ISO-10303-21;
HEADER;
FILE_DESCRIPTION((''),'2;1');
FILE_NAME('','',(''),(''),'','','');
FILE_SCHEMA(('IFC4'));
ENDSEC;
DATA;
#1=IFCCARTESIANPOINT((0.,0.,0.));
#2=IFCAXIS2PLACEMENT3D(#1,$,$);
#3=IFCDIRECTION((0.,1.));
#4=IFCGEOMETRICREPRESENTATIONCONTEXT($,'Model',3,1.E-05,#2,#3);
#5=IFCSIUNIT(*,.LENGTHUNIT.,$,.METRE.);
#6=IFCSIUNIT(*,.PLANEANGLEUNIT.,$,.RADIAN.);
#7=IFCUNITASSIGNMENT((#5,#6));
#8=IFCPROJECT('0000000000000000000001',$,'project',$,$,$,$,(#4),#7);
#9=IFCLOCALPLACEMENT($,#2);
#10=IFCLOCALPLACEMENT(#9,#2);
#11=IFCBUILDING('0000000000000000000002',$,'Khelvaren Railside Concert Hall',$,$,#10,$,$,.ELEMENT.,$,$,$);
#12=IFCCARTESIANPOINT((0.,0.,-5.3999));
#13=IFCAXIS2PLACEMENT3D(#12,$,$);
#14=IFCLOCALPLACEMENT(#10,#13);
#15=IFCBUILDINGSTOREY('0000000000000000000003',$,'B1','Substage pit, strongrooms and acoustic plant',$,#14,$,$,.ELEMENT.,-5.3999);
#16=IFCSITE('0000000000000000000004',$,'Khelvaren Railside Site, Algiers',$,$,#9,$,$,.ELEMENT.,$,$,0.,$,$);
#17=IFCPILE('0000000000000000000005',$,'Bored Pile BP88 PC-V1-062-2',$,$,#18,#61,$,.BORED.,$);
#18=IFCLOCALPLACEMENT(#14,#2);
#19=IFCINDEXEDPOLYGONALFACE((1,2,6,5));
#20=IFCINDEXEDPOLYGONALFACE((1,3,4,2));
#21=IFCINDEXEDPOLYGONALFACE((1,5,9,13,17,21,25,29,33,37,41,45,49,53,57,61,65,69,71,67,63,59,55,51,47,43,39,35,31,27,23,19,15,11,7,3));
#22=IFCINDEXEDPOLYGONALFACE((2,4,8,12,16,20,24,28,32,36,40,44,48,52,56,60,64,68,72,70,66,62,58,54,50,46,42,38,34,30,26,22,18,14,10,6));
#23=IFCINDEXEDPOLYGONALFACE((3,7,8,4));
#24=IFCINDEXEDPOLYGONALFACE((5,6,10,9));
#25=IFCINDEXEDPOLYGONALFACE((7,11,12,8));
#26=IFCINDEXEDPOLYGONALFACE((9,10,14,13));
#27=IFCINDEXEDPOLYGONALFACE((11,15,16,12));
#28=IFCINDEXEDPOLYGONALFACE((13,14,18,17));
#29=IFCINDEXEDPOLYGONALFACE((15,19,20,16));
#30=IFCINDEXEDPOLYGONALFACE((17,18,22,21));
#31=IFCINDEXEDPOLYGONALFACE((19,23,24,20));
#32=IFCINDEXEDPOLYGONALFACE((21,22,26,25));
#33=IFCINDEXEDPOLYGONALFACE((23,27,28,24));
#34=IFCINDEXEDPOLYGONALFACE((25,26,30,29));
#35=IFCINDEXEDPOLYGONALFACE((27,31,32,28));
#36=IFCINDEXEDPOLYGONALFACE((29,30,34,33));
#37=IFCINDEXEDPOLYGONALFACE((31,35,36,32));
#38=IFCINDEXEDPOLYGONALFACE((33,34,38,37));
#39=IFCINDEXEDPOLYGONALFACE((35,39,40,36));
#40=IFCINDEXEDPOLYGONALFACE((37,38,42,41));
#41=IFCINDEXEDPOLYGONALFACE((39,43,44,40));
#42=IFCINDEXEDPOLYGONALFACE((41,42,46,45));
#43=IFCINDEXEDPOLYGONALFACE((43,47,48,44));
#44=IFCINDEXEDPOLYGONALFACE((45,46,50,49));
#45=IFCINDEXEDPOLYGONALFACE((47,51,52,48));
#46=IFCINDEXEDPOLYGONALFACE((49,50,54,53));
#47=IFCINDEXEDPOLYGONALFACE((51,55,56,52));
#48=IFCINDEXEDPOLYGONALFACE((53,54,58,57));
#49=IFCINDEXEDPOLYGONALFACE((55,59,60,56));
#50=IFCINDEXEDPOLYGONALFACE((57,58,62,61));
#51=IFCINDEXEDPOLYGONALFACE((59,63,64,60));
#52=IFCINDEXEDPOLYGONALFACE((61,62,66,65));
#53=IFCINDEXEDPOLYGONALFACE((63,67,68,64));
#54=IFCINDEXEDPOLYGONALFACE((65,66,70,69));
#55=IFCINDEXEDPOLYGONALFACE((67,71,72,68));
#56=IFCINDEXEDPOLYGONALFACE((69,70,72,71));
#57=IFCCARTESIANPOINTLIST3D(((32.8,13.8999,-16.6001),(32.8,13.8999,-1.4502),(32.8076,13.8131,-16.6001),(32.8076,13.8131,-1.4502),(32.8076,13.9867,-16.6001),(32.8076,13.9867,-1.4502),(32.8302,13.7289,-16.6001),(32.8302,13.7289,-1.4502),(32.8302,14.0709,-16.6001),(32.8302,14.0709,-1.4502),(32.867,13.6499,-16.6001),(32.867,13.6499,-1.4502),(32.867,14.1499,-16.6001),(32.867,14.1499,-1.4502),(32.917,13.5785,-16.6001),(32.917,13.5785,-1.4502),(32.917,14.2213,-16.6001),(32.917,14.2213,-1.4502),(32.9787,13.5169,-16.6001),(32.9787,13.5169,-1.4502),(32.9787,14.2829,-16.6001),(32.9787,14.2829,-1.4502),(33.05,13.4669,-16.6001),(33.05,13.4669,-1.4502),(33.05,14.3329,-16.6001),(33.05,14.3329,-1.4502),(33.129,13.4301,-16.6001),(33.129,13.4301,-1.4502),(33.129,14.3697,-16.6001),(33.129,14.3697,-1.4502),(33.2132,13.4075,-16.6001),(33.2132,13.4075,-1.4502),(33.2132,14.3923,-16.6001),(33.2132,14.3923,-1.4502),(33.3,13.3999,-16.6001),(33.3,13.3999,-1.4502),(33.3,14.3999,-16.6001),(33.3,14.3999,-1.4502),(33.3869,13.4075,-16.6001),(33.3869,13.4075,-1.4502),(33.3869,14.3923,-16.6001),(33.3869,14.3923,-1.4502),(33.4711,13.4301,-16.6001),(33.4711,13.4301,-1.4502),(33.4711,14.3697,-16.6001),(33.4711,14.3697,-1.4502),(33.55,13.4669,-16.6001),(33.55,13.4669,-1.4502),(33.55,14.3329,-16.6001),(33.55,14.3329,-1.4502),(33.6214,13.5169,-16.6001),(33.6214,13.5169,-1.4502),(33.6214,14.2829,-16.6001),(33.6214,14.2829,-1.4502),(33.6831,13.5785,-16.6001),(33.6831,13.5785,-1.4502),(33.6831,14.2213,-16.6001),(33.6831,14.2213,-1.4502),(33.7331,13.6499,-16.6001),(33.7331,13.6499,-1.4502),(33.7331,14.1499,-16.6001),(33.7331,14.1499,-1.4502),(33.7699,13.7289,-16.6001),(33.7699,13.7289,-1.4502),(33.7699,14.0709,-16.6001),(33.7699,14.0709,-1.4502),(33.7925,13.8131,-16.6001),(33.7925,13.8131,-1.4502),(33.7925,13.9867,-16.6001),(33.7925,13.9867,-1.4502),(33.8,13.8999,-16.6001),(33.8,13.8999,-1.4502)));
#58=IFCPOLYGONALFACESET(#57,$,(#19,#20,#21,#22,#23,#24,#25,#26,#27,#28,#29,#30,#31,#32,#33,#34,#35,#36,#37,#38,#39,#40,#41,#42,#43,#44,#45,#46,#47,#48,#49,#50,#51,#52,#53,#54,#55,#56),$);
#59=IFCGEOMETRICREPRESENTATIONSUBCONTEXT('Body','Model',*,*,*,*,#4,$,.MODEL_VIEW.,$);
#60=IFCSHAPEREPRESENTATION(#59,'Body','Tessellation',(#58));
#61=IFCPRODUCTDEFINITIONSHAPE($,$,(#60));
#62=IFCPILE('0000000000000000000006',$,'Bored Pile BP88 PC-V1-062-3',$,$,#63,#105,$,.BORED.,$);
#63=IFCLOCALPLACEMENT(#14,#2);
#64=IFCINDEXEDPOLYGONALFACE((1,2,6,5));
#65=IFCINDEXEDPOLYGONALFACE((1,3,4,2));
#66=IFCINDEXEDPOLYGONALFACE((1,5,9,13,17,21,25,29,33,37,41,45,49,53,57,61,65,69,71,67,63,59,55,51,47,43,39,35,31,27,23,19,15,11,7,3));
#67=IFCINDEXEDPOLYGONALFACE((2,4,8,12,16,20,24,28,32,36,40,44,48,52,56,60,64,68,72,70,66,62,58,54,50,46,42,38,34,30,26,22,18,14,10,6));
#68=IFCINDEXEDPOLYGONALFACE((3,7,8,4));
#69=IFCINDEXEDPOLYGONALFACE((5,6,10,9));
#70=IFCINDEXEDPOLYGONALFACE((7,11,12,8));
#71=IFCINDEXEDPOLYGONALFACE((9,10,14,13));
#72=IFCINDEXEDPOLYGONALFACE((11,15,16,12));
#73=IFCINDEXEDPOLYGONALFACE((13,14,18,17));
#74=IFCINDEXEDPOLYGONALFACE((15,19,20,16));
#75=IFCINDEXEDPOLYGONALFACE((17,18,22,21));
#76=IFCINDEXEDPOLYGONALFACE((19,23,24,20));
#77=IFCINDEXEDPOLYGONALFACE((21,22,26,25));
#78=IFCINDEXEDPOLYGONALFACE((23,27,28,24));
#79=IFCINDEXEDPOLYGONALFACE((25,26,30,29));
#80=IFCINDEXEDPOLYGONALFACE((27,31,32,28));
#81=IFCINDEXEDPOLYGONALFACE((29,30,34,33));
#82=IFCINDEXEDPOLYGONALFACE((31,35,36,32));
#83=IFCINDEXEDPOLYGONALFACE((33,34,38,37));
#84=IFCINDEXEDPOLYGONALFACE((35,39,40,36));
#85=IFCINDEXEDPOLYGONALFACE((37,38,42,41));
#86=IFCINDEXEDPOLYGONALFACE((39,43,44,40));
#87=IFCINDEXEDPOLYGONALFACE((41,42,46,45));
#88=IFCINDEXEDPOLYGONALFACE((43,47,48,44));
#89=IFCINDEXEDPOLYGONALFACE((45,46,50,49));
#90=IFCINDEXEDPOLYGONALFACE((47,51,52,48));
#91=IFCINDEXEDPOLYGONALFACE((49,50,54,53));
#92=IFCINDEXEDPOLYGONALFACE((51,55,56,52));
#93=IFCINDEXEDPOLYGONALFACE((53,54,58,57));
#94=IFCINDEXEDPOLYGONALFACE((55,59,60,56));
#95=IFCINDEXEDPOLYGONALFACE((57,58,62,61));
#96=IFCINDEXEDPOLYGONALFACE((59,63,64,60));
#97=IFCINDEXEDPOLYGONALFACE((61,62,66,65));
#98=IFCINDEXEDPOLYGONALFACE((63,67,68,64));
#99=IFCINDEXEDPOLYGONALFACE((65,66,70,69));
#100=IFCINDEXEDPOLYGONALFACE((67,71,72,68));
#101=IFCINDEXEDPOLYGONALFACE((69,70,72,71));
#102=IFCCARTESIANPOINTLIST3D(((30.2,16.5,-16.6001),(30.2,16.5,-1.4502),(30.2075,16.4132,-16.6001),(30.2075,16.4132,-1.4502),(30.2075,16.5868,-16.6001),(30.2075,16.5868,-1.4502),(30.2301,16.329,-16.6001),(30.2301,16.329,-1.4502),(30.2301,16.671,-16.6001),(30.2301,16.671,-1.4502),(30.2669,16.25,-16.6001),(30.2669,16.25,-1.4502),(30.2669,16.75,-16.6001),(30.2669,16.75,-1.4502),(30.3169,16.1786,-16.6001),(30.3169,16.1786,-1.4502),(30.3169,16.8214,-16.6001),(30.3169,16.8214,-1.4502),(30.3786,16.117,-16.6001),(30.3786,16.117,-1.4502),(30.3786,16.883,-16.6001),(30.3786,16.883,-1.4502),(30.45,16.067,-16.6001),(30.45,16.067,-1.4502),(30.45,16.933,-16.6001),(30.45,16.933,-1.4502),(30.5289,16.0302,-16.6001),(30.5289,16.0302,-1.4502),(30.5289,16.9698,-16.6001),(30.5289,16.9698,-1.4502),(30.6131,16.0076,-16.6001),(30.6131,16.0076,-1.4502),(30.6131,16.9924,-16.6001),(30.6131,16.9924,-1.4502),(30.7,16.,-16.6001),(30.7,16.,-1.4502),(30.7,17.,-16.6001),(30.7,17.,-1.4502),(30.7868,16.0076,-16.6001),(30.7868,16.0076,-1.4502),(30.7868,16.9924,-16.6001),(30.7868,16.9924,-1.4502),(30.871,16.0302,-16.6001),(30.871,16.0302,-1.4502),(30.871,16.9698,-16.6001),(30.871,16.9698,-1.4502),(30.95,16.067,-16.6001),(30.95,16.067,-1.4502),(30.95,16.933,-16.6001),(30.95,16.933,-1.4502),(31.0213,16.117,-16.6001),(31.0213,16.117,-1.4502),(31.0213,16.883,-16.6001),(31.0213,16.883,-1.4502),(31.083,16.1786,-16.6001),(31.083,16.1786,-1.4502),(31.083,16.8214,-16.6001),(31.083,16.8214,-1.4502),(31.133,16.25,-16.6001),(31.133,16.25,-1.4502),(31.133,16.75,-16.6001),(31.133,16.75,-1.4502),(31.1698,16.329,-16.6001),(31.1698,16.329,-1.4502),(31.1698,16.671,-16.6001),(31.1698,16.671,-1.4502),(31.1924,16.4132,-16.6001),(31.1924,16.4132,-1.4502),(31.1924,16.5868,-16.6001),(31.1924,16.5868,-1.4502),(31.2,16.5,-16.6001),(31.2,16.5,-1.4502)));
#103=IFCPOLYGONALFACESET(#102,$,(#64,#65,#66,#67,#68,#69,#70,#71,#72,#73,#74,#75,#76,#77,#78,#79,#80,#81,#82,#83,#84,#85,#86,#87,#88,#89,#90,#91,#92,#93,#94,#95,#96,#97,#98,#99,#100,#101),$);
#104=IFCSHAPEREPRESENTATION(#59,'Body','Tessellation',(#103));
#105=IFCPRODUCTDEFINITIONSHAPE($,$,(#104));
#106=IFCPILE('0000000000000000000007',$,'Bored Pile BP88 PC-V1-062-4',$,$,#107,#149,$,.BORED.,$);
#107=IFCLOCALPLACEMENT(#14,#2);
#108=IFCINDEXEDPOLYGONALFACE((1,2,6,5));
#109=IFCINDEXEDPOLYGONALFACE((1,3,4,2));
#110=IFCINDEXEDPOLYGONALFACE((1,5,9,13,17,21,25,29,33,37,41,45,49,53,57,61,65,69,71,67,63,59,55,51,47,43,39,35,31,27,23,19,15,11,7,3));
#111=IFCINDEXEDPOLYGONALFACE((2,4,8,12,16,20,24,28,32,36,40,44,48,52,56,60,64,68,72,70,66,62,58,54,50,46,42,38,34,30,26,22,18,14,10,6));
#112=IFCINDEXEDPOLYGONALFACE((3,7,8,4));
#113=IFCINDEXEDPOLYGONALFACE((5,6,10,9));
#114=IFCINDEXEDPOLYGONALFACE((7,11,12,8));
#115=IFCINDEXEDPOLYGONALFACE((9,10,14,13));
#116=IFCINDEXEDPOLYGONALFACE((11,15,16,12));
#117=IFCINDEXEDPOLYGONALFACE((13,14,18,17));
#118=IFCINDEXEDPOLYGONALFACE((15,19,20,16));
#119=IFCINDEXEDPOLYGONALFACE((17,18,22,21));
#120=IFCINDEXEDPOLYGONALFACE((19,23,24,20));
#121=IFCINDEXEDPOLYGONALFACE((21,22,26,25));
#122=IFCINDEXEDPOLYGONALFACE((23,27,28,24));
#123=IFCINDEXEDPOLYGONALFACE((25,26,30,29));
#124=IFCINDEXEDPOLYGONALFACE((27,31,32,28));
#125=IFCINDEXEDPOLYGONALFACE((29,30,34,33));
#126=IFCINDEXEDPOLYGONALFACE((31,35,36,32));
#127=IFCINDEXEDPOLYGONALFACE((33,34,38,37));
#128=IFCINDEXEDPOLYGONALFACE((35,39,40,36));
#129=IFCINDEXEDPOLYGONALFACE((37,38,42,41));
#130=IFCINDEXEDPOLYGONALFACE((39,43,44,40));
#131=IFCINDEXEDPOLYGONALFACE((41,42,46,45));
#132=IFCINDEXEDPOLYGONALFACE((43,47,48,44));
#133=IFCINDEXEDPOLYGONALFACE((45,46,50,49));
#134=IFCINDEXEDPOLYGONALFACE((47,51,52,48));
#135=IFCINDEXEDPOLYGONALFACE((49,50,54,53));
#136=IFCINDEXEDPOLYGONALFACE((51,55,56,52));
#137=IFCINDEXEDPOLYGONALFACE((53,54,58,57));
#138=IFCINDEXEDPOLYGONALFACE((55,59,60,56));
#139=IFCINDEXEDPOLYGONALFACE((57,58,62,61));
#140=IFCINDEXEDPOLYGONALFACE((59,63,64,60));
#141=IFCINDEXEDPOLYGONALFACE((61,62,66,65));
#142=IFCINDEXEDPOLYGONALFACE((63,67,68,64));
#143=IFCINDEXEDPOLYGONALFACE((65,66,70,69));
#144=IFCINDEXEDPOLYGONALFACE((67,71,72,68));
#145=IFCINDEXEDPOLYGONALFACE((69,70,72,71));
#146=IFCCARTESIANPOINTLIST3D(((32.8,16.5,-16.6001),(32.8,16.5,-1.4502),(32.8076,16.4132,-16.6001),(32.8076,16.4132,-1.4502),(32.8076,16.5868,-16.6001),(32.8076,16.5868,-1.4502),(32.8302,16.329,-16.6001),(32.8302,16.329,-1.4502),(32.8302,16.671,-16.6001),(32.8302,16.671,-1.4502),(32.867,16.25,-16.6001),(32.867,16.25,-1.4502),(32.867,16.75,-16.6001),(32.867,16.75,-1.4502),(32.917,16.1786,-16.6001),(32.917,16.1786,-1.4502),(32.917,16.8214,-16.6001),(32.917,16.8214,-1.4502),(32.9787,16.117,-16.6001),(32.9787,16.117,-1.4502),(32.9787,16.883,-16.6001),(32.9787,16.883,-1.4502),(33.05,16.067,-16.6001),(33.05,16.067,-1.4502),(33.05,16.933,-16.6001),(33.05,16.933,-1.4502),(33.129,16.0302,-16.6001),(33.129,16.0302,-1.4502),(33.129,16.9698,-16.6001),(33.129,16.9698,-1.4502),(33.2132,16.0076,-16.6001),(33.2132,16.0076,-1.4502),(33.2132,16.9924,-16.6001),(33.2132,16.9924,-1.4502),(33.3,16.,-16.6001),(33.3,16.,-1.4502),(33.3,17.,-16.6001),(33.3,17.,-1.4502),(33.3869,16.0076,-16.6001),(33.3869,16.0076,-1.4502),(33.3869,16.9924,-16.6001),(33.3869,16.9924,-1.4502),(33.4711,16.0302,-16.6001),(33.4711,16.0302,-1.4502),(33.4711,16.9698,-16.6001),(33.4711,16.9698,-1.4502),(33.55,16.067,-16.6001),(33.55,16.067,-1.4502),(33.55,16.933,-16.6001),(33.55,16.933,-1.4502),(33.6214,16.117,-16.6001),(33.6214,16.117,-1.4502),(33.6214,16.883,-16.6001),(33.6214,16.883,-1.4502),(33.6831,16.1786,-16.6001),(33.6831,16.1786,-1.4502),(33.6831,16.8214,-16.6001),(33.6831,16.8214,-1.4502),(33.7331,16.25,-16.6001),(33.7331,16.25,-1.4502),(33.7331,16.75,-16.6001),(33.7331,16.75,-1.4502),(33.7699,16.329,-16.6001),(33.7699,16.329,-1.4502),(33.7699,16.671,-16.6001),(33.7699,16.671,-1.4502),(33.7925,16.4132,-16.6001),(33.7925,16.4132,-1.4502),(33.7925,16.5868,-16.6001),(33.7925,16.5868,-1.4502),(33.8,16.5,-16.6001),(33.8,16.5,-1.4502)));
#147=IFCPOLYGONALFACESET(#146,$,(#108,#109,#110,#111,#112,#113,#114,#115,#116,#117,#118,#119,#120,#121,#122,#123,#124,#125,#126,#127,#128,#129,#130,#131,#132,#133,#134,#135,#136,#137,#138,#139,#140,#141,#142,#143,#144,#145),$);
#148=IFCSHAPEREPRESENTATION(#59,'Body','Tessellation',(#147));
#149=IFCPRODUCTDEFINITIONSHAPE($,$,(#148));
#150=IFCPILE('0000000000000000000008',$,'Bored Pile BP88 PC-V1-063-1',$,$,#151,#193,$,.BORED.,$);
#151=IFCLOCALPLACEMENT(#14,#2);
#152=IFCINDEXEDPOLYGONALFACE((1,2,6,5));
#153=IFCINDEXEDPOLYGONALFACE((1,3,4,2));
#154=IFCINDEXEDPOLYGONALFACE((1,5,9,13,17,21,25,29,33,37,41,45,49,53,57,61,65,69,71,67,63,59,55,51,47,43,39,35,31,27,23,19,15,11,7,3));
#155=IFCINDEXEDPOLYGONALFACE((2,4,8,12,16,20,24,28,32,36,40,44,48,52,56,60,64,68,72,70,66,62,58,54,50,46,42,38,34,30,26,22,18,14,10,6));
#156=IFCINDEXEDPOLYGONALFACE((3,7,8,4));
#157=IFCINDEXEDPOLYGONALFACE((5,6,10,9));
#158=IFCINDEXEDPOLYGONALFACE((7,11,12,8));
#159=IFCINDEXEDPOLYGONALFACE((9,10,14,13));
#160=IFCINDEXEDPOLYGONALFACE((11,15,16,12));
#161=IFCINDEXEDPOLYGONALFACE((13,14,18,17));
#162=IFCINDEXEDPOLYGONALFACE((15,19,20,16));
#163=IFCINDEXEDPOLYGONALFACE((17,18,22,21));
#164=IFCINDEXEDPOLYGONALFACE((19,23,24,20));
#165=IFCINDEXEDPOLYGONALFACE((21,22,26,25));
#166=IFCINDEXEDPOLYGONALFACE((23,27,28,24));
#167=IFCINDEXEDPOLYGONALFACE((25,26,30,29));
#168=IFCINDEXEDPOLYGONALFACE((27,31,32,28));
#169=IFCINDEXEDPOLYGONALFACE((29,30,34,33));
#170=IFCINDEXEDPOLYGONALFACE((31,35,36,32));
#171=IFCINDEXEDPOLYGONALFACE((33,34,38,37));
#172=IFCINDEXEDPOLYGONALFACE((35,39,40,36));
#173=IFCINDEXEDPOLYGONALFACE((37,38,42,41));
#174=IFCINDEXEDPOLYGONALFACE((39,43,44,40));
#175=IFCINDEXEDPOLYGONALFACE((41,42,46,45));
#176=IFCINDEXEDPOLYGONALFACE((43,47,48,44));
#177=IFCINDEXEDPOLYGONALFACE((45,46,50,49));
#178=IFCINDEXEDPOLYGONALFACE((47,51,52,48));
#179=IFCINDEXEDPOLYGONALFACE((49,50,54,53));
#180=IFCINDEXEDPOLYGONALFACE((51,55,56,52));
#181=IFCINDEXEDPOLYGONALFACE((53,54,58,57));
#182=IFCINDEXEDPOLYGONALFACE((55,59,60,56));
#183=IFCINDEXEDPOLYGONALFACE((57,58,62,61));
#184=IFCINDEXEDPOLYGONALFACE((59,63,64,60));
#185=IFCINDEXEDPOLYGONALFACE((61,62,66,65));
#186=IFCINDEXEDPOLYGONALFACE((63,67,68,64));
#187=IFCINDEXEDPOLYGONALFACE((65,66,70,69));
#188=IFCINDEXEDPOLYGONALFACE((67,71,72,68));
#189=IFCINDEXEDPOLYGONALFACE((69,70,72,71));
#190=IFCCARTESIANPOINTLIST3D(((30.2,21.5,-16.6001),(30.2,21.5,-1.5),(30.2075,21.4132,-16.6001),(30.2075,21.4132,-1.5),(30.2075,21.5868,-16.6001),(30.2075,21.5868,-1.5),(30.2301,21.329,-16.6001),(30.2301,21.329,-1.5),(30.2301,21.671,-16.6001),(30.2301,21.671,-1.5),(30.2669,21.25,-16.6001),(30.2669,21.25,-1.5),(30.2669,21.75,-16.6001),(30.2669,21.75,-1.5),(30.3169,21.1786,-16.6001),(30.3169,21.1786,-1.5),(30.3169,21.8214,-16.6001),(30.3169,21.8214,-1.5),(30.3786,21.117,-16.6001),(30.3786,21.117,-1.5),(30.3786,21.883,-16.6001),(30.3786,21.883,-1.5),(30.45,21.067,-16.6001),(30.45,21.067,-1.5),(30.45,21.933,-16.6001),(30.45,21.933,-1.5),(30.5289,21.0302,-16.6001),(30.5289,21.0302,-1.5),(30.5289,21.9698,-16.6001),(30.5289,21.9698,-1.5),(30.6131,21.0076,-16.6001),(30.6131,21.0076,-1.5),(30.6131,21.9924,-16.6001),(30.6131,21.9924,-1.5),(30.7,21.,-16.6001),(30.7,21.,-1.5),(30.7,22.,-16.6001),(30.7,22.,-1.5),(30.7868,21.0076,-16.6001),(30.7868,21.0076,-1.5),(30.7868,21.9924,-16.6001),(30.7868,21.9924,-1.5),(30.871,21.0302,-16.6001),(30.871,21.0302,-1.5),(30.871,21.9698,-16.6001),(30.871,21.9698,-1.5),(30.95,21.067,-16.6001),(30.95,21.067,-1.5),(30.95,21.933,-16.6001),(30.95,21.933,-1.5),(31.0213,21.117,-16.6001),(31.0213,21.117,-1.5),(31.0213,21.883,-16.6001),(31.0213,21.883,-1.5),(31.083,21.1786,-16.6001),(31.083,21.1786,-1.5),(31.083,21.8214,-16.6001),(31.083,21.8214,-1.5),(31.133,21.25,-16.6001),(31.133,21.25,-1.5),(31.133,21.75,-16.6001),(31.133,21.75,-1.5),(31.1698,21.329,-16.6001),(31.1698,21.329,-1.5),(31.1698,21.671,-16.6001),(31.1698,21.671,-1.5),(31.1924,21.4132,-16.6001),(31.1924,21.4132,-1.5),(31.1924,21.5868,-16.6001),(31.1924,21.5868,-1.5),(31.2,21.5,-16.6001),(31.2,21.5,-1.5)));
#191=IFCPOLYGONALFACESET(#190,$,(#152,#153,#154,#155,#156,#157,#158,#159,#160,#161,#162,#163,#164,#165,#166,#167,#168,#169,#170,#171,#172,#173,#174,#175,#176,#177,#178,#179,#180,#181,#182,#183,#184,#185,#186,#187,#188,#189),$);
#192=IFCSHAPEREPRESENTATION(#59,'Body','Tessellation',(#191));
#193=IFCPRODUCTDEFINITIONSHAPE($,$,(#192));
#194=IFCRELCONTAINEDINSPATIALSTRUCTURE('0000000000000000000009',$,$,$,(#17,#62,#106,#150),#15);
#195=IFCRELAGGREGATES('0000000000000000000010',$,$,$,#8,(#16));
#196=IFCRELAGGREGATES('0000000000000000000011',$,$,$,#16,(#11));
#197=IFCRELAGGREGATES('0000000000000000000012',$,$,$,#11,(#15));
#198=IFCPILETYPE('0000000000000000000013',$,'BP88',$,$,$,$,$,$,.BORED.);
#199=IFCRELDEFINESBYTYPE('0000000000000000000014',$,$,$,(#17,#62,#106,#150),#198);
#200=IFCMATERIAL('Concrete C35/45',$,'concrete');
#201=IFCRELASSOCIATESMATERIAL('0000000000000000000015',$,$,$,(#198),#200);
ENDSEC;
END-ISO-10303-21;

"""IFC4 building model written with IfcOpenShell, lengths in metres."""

from ifc_helpers import new_model, si_unit, direction, frame, origin, origin_2d, place, context, subcontext, project, spatial, circle, extrude, material, material_profile, profile_set, type_object, element, save


model = new_model("IFC4")

# Units and contexts
model_context = context("Model", 3, precision=1e-05, world=origin(), true_north=direction((0.0, 1.0)))
body_context = subcontext(model_context, "Body", "Model", "MODEL_VIEW")
ifc_project = project(units=[si_unit("LENGTHUNIT", "METRE"), si_unit("PLANEANGLEUNIT", "RADIAN")], contexts=[model_context])

# Site, building, storey
site_placement = place(None, origin())
site = spatial("IfcSite", under=ifc_project, at=site_placement, Name="Khelvaren Railside Site, Algiers", CompositionType="ELEMENT", RefElevation=0.0)
building_placement = place(site_placement, origin())
building = spatial("IfcBuilding", under=site, at=building_placement, Name="Khelvaren Railside Concert Hall", CompositionType="ELEMENT")
storey_placement = place(building_placement, frame((0.0, 0.0, -5.3999)))
storey = spatial("IfcBuildingStorey", under=building, at=storey_placement, Name="B1", Description="Substage pit, strongrooms and acoustic plant", CompositionType="ELEMENT", Elevation=-5.3999)

# Piles
ifc_material_1 = material(Name="Concrete C35/45", Category="concrete")
ifc_material_profile_1 = material_profile(ifc_material_1, circle(Radius=0.5, at=origin_2d()), Name="BP D1000")
ifc_profile_set_1 = profile_set([ifc_material_profile_1], Name="Concrete C35/45")
pile_type = type_object("IfcPileType", Name="BP88", PredefinedType="BORED", material=ifc_profile_set_1)
for number, where, z_axis, x_axis, name in (
    (1, (33.3, 13.8999, -1.4502), (0.0, 0.0, -1.0), (1.0, 0.0, 0.0), "Bored Pile BP88 PC-V1-062-2"),
    (2, (30.7, 16.5, -1.4502), (0.0, 0.0, -1.0), (1.0, 0.0, 0.0), "Bored Pile BP88 PC-V1-062-3"),
    (3, (33.3, 16.5, -1.4502), (0.0, 0.0, -1.0), (1.0, 0.0, 0.0), "Bored Pile BP88 PC-V1-062-4"),
):
    element("IfcPile", number, at=place(storey_placement, frame(where, z_axis=z_axis, x_axis=x_axis)), inside=storey, type_object=pile_type, Name=name, PredefinedType="BORED", context=body_context, shape_type="SweptSolid", body=[
        extrude(circle(Radius=0.5, at=origin_2d()), origin(), (0.0, 0.0, 1.0), 15.1499),
    ])
for number, where, z_axis, x_axis, name in (
    (4, (30.7, 21.5, -1.5), (0.0, 0.0, -1.0), (1.0, 0.0, 0.0), "Bored Pile BP88 PC-V1-063-1"),
):
    element("IfcPile", number, at=place(storey_placement, frame(where, z_axis=z_axis, x_axis=x_axis)), inside=storey, type_object=pile_type, Name=name, PredefinedType="BORED", context=body_context, shape_type="SweptSolid", body=[
        extrude(circle(Radius=0.5, at=origin_2d()), origin(), (0.0, 0.0, 1.0), 15.1001),
    ])

save(model, "model.ifc")
